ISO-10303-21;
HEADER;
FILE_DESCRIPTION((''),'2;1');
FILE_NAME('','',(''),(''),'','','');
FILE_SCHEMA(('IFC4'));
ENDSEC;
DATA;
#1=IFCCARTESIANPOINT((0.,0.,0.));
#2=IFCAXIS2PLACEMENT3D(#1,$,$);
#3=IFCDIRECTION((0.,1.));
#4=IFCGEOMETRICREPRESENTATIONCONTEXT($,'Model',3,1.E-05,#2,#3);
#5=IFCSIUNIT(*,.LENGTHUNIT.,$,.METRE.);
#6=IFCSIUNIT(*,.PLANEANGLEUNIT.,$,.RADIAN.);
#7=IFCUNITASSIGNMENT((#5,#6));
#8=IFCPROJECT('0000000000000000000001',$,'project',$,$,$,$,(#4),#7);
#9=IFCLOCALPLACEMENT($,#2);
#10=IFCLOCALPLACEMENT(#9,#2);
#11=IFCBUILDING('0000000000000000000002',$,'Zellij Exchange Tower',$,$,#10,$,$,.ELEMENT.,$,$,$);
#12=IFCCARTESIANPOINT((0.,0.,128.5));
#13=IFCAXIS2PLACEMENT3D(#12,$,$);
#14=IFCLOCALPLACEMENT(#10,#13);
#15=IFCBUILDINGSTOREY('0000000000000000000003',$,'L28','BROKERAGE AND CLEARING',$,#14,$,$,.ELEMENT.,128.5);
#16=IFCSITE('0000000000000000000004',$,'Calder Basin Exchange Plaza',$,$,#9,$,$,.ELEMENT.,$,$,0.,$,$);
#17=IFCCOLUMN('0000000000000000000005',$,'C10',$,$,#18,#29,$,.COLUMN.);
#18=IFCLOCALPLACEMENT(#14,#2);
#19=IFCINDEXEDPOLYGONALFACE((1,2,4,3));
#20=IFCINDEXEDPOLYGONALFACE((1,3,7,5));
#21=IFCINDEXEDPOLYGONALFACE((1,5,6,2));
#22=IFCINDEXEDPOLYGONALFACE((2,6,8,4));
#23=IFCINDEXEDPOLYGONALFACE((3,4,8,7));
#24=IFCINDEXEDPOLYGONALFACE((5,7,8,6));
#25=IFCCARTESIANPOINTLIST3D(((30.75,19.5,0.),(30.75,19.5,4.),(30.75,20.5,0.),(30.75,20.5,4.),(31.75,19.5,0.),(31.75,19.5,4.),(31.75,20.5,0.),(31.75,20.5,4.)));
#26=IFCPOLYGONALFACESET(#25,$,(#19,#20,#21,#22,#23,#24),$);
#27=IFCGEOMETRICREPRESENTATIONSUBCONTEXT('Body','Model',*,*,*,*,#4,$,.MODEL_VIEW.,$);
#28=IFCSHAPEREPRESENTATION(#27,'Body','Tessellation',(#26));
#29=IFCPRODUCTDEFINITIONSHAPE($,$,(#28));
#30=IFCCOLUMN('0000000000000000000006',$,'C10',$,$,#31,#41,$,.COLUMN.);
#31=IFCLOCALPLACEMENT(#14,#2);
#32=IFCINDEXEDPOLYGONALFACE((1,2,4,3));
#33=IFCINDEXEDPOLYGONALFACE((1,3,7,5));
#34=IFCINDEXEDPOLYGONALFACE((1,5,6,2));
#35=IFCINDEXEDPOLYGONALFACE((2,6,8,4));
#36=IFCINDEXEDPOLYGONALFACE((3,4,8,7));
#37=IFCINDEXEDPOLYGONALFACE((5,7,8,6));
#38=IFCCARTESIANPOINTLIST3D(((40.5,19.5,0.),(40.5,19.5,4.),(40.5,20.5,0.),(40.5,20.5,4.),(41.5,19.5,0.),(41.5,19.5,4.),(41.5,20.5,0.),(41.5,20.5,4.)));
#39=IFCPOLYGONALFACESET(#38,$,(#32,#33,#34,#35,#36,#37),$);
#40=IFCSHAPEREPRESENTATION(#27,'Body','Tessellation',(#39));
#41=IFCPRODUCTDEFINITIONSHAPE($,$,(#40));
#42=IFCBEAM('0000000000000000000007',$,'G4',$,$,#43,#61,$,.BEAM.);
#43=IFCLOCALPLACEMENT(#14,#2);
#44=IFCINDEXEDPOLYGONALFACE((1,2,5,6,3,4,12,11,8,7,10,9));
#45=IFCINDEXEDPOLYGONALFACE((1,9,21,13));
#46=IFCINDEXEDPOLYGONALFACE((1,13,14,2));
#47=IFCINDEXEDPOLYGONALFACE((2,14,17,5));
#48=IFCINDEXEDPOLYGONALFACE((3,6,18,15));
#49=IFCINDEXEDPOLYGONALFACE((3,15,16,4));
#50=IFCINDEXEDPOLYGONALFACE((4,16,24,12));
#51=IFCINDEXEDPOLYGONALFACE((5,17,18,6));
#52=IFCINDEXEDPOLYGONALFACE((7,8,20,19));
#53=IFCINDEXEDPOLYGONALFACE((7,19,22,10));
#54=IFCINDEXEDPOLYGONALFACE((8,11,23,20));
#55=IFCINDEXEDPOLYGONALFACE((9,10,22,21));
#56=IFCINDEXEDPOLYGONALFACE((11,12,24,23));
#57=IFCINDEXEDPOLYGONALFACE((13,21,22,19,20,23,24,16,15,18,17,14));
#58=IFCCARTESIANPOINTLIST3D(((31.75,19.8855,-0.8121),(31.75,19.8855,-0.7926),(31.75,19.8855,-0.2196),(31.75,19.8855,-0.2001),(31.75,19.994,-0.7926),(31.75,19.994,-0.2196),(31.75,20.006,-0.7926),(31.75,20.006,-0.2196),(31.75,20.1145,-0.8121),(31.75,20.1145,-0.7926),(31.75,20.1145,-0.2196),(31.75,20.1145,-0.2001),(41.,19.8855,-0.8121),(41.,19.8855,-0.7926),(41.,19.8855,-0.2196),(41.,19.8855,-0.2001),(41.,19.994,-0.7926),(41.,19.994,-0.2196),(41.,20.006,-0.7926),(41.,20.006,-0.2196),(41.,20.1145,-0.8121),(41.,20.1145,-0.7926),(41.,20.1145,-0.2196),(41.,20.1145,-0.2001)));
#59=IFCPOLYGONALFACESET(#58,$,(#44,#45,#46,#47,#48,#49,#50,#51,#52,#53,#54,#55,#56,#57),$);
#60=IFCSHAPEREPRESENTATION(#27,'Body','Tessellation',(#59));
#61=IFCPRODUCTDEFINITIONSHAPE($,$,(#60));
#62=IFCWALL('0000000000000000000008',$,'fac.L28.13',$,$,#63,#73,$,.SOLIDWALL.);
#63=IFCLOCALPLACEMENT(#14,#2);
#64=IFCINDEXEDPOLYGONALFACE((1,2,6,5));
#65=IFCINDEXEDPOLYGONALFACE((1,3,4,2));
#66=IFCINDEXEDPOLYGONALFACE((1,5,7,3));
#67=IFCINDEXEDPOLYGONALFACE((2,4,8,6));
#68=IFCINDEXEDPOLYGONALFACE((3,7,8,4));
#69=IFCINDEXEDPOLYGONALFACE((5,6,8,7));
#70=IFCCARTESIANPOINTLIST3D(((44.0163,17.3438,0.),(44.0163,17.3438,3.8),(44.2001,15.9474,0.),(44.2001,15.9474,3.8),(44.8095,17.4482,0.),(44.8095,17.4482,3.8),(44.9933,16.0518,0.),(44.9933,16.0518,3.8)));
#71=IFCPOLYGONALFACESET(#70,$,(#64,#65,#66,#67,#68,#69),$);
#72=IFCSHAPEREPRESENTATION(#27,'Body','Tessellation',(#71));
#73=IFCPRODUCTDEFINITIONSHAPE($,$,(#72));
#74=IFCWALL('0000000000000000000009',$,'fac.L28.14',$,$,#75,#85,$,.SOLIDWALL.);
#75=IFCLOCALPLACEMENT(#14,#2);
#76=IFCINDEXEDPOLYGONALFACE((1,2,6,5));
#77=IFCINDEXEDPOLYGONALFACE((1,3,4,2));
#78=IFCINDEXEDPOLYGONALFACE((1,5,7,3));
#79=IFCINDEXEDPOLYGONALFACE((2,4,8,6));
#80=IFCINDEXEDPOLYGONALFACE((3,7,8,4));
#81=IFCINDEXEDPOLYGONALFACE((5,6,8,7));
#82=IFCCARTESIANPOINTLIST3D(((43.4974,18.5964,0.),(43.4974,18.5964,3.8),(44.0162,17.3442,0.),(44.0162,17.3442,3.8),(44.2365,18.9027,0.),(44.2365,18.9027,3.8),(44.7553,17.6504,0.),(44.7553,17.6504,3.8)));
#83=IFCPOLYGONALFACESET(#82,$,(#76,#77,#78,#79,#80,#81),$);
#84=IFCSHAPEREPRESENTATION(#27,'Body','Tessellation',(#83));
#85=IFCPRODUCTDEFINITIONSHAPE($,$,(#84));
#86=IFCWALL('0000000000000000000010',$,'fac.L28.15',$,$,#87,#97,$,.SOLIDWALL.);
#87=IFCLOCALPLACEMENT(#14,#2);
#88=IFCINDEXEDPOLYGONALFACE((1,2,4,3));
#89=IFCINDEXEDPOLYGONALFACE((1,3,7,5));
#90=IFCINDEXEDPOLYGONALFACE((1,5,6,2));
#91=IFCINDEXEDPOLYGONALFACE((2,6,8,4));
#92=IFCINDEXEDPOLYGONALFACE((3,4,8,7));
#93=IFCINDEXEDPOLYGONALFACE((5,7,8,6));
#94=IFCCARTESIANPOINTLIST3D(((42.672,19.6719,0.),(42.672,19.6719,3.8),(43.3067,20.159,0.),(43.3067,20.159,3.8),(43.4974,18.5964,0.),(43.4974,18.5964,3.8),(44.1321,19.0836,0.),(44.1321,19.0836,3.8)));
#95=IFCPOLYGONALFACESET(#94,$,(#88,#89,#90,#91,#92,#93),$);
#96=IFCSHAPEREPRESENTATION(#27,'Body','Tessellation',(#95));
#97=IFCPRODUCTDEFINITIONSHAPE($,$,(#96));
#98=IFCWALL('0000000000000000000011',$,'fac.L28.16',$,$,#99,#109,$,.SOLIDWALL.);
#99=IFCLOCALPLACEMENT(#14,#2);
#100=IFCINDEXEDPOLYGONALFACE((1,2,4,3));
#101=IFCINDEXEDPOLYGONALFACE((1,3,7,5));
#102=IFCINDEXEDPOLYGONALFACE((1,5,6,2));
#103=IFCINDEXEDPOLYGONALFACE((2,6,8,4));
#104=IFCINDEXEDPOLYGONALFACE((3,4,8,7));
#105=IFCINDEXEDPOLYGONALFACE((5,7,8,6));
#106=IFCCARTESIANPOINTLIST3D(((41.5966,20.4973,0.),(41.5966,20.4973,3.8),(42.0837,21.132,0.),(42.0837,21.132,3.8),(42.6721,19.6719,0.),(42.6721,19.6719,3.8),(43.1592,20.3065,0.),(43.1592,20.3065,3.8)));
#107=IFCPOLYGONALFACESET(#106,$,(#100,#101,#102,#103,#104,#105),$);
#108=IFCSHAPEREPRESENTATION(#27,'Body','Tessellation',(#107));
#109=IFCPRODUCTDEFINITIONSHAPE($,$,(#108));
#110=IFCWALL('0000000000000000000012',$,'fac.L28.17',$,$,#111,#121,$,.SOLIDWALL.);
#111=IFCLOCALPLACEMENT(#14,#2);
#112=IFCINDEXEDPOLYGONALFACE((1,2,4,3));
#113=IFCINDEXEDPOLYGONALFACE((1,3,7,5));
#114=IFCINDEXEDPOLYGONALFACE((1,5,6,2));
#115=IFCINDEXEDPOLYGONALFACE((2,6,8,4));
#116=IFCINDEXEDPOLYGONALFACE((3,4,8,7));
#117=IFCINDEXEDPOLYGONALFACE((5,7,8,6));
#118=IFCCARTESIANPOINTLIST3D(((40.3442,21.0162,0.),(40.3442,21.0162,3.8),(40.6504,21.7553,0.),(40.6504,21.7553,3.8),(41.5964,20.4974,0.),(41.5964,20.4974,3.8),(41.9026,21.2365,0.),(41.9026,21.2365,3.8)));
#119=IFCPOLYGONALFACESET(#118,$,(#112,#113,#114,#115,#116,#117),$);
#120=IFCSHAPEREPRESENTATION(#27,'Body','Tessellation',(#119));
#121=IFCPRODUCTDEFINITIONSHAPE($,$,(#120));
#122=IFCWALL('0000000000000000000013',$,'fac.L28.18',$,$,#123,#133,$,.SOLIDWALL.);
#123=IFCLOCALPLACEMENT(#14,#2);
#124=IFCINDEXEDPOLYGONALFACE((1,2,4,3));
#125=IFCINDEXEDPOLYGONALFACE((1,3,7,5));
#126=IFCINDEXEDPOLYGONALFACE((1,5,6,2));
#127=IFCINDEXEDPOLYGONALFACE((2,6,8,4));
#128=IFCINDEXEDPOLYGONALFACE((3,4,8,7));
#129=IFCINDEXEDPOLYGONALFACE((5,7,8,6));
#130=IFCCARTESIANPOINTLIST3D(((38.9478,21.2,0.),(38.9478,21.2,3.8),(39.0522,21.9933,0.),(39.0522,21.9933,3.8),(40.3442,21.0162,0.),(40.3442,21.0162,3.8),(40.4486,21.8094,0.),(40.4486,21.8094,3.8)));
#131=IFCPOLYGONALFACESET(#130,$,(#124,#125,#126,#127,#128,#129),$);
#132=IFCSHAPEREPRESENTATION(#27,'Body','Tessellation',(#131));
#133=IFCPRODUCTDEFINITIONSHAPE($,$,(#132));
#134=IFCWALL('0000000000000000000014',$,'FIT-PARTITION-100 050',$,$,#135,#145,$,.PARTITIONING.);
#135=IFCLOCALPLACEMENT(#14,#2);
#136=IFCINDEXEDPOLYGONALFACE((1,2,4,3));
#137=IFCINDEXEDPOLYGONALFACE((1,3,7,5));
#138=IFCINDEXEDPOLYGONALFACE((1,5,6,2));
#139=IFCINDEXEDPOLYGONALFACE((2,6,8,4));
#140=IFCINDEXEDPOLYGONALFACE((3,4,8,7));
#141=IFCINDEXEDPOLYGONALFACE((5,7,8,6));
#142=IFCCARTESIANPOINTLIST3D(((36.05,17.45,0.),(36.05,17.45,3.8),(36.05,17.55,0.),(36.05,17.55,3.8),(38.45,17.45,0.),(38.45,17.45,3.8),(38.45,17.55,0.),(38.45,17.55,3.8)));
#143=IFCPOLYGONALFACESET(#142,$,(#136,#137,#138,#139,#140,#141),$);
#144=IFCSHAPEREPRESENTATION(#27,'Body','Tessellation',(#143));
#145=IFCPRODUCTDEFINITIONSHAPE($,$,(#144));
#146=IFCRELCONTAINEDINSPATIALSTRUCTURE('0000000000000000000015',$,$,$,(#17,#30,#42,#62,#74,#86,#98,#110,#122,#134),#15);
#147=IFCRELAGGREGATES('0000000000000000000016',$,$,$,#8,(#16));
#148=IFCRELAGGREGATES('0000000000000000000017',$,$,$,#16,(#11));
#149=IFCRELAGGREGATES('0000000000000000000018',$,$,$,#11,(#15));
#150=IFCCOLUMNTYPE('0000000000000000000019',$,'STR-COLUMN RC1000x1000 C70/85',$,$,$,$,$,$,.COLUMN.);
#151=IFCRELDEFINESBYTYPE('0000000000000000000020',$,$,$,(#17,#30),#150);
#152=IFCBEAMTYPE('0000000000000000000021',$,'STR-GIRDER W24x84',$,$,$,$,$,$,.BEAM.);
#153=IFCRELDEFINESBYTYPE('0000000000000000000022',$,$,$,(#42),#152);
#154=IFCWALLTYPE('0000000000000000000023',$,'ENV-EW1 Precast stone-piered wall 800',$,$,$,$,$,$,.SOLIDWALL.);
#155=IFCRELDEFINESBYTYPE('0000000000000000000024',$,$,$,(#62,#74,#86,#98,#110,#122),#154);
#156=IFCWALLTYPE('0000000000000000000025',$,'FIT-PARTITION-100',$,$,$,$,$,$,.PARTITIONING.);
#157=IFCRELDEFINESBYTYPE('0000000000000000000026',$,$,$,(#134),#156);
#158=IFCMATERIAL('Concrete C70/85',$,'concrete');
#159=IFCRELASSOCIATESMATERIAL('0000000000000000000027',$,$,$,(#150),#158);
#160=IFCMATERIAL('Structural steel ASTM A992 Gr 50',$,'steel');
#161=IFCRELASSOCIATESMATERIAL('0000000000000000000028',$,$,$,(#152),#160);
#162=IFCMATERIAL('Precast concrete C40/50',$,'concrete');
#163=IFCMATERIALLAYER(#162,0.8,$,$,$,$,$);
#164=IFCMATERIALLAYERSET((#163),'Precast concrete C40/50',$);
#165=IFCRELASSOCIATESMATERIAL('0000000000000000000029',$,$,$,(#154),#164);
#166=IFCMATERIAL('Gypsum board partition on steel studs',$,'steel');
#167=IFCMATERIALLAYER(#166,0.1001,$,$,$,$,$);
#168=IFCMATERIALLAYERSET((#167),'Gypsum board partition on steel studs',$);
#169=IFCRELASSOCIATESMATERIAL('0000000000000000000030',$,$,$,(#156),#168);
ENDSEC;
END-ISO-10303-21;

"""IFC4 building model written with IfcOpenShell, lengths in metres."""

from ifc_helpers import new_model, si_unit, direction, frame, frame_2d, origin, origin_2d, place, context, subcontext, project, spatial, rectangle, i_section, extrude, material, layer, layer_set, material_profile, profile_set, type_object, element, save


model = new_model("IFC4")

# Units and contexts
model_context = context("Model", 3, precision=1e-05, world=origin(), true_north=direction((0.0, 1.0)))
body_context = subcontext(model_context, "Body", "Model", "MODEL_VIEW")
ifc_project = project(units=[si_unit("LENGTHUNIT", "METRE"), si_unit("PLANEANGLEUNIT", "RADIAN")], contexts=[model_context])

# Site, building, storey
site_placement = place(None, origin())
site = spatial("IfcSite", under=ifc_project, at=site_placement, Name="Calder Basin Exchange Plaza", CompositionType="ELEMENT", RefElevation=0.0)
building_placement = place(site_placement, origin())
building = spatial("IfcBuilding", under=site, at=building_placement, Name="Zellij Exchange Tower", CompositionType="ELEMENT")
storey_placement = place(building_placement, frame((0.0, 0.0, 128.5)))
storey = spatial("IfcBuildingStorey", under=building, at=storey_placement, Name="L28", Description="BROKERAGE AND CLEARING", CompositionType="ELEMENT", Elevation=128.5)

# Columns
ifc_material_1 = material(Name="Concrete C70/85", Category="concrete")
ifc_material_profile_1 = material_profile(ifc_material_1, rectangle(XDim=1.0, YDim=1.0, at=origin_2d()), Name="STR-COLUMN RC1000x1000 C70/85")
ifc_profile_set_1 = profile_set([ifc_material_profile_1], Name="Concrete C70/85")
column_type = type_object("IfcColumnType", Name="STR-COLUMN RC1000x1000 C70/85", PredefinedType="COLUMN", material=ifc_profile_set_1)
for number, where, z_axis, x_axis, name in (
    (1, (31.25, 20.0, 0.0), (0.0, 0.0, 1.0), (1.0, 0.0, 0.0), "C10"),
    (2, (41.0, 20.0, 0.0), (0.0, 0.0, 1.0), (1.0, 0.0, 0.0), "C10"),
):
    element("IfcColumn", number, at=place(storey_placement, frame(where, z_axis=z_axis, x_axis=x_axis)), inside=storey, type_object=column_type, Name=name, PredefinedType="COLUMN", context=body_context, shape_type="SweptSolid", body=[
        extrude(rectangle(XDim=1.0, YDim=1.0, at=origin_2d()), origin(), (0.0, 0.0, 1.0), 4.0),
    ])

# Beam
ifc_material_2 = material(Name="Structural steel ASTM A992 Gr 50", Category="steel")
ifc_material_profile_2 = material_profile(ifc_material_2, i_section(OverallWidth=0.229, OverallDepth=0.6121, WebThickness=0.012, FlangeThickness=0.0195, at=origin_2d()), Name="W24x84")
ifc_profile_set_2 = profile_set([ifc_material_profile_2], Name="Structural steel ASTM A992 Gr 50")
beam_type = type_object("IfcBeamType", Name="STR-GIRDER W24x84", PredefinedType="BEAM", material=ifc_profile_set_2)
beam_placement = place(storey_placement, frame((31.75, 20.0, -0.5061), z_axis=(1.0, 0.0, 0.0), x_axis=(0.0, 1.0, 0.0)))
element("IfcBeam", 3, at=beam_placement, inside=storey, type_object=beam_type, Name="G4", PredefinedType="BEAM", context=body_context, shape_type="SweptSolid", body=[
    extrude(i_section(OverallWidth=0.229, OverallDepth=0.6121, WebThickness=0.012, FlangeThickness=0.0195, at=origin_2d()), origin(), (0.0, 0.0, 1.0), 9.25),
])

# Walls
ifc_material_3 = material(Name="Precast concrete C40/50", Category="concrete")
ifc_layer_1 = layer(ifc_material_3, 0.8)
ifc_layer_set_1 = layer_set([ifc_layer_1], Name="Precast concrete C40/50")
wall_type_1 = type_object("IfcWallType", Name="ENV-EW1 Precast stone-piered wall 800", PredefinedType="SOLIDWALL", material=ifc_layer_set_1)
wall_1_placement = place(storey_placement, frame((44.5967, 15.9998, 0.0), z_axis=(0.0, 0.0, 1.0), x_axis=(-0.130517, 0.991446, 0.0)))
element("IfcWall", 4, at=wall_1_placement, inside=storey, type_object=wall_type_1, Name="fac.L28.13", PredefinedType="SOLIDWALL", context=body_context, shape_type="SweptSolid", body=[
    extrude(rectangle(XDim=1.4084, YDim=0.8, at=frame_2d((0.7041, 0.0))), origin(), (0.0, 0.0, 1.0), 3.8),
])
wall_2_placement = place(storey_placement, frame((44.3857, 17.4973, 0.0), z_axis=(0.0, 0.0, 1.0), x_axis=(-0.38276, 0.923848, 0.0)))
element("IfcWall", 5, at=wall_2_placement, inside=storey, type_object=wall_type_1, Name="fac.L28.14", PredefinedType="SOLIDWALL", context=body_context, shape_type="SweptSolid", body=[
    extrude(rectangle(XDim=1.3555, YDim=0.8, at=frame_2d((0.6777, 0.0))), origin(), (0.0, 0.0, 1.0), 3.8),
])
for number, where, z_axis, x_axis, name in (
    (6, (43.8147, 18.8401, 0.0), (0.0, 0.0, 1.0), (-0.608866, 0.793273, 0.0), "fac.L28.15"),
    (7, (42.9155, 19.9893, 0.0), (0.0, 0.0, 1.0), (-0.793273, 0.608866, 0.0), "fac.L28.16"),
):
    element("IfcWall", number, at=place(storey_placement, frame(where, z_axis=z_axis, x_axis=x_axis)), inside=storey, type_object=wall_type_1, Name=name, PredefinedType="SOLIDWALL", context=body_context, shape_type="SweptSolid", body=[
        extrude(rectangle(XDim=1.3557, YDim=0.8, at=frame_2d((0.6777, 0.0))), origin(), (0.0, 0.0, 1.0), 3.8),
    ])
wall_3_placement = place(storey_placement, frame((41.7495, 20.8669, 0.0), z_axis=(0.0, 0.0, 1.0), x_axis=(-0.923848, 0.38276, 0.0)))
element("IfcWall", 8, at=wall_3_placement, inside=storey, type_object=wall_type_1, Name="fac.L28.17", PredefinedType="SOLIDWALL", context=body_context, shape_type="SweptSolid", body=[
    extrude(rectangle(XDim=1.3555, YDim=0.8, at=frame_2d((0.6777, 0.0))), origin(), (0.0, 0.0, 1.0), 3.8),
])
wall_4_placement = place(storey_placement, frame((40.3962, 21.4128, 0.0), z_axis=(0.0, 0.0, 1.0), x_axis=(-0.991446, 0.130517, 0.0)))
element("IfcWall", 9, at=wall_4_placement, inside=storey, type_object=wall_type_1, Name="fac.L28.18", PredefinedType="SOLIDWALL", context=body_context, shape_type="SweptSolid", body=[
    extrude(rectangle(XDim=1.4084, YDim=0.8, at=frame_2d((0.7041, 0.0))), origin(), (0.0, 0.0, 1.0), 3.8),
])

# Wall
ifc_material_4 = material(Name="Gypsum board partition on steel studs", Category="steel")
ifc_layer_2 = layer(ifc_material_4, 0.1001)
ifc_layer_set_2 = layer_set([ifc_layer_2], Name="Gypsum board partition on steel studs")
wall_type_2 = type_object("IfcWallType", Name="FIT-PARTITION-100", PredefinedType="PARTITIONING", material=ifc_layer_set_2)
wall_5_placement = place(storey_placement, frame((36.05, 17.5, 0.0), z_axis=(0.0, 0.0, 1.0), x_axis=(1.0, 0.0, 0.0)))
element("IfcWall", 10, at=wall_5_placement, inside=storey, type_object=wall_type_2, Name="FIT-PARTITION-100 050", PredefinedType="PARTITIONING", context=body_context, shape_type="SweptSolid", body=[
    extrude(rectangle(XDim=2.3999, YDim=0.1001, at=frame_2d((1.2, 0.0))), origin(), (0.0, 0.0, 1.0), 3.8),
])

save(model, "model.ifc")
